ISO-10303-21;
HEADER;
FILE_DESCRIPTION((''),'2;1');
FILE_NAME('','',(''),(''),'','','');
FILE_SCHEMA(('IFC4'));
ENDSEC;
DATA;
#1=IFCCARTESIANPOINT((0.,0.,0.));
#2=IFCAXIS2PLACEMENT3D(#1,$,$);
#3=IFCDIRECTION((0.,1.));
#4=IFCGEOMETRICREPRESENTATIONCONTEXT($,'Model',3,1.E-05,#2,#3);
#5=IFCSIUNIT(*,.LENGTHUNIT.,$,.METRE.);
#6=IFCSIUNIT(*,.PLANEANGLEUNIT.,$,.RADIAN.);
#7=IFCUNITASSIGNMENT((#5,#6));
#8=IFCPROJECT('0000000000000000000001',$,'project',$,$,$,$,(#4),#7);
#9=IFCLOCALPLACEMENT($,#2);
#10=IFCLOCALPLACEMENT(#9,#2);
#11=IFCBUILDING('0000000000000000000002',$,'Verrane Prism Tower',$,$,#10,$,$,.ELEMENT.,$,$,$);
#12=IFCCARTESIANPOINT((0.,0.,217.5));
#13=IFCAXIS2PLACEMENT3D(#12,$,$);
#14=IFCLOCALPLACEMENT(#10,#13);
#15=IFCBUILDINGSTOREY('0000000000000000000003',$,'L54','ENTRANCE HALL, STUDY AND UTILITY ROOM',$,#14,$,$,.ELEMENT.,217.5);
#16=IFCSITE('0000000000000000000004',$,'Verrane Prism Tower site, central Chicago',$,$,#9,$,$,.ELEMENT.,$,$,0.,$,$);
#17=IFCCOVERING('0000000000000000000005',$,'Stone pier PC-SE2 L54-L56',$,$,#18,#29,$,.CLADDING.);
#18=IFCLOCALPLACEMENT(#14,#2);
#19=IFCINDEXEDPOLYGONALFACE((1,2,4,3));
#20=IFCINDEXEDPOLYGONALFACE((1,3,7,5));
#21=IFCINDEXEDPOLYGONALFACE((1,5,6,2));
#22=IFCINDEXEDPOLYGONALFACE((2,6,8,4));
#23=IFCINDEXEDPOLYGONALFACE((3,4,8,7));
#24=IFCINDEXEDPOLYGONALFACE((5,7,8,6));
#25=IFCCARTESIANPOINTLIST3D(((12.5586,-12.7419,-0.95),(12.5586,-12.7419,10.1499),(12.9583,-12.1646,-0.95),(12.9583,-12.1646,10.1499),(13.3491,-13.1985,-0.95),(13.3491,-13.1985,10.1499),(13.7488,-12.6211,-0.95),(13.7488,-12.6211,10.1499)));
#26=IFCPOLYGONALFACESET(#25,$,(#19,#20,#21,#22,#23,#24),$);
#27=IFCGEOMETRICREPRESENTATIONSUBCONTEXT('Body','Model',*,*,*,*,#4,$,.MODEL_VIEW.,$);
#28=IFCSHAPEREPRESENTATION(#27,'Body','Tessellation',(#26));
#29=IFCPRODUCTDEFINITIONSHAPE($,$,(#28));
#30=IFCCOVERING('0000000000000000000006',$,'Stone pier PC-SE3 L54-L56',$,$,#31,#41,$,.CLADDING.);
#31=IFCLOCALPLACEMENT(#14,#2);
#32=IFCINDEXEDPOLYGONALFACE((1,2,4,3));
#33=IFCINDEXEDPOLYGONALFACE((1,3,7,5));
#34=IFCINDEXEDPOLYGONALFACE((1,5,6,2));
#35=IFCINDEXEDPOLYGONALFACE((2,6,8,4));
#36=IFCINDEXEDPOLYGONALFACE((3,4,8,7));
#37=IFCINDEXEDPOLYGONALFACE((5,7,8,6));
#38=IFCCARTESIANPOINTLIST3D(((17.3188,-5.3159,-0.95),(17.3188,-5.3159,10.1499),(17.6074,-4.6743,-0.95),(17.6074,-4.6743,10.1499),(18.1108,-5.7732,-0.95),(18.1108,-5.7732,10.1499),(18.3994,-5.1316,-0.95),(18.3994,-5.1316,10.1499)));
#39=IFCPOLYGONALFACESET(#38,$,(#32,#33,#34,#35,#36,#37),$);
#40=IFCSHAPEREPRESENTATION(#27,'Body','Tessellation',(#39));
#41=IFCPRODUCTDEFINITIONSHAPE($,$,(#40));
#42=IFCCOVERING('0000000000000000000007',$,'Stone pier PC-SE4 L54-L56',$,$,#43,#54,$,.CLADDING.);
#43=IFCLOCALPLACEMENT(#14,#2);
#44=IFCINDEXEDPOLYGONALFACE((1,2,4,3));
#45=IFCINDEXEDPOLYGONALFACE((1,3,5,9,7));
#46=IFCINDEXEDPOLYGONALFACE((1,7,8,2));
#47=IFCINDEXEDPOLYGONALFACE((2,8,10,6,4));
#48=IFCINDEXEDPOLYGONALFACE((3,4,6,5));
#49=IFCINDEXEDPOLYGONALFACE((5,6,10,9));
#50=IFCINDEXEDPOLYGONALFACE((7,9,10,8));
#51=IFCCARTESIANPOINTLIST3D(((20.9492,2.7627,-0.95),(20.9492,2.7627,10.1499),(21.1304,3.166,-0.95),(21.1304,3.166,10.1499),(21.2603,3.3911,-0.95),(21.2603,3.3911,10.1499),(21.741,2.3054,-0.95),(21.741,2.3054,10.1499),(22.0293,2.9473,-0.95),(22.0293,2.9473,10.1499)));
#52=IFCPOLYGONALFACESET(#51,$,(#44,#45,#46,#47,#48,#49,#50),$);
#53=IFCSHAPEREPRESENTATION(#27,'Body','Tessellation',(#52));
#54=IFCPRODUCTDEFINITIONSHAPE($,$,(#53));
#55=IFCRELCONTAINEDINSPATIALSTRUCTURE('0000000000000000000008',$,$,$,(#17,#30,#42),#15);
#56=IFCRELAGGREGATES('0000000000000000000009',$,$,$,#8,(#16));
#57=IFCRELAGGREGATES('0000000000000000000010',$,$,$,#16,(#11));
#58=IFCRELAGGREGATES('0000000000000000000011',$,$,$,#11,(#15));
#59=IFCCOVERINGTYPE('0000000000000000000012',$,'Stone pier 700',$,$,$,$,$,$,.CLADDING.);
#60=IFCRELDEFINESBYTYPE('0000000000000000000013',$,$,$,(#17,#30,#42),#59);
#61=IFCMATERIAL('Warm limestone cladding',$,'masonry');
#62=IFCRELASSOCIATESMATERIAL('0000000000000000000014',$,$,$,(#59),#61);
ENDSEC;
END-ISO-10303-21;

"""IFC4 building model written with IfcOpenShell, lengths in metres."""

from ifc_helpers import new_model, si_unit, direction, frame, origin, place, context, subcontext, project, spatial, polyline, outline, extrude, material, type_object, element, save


model = new_model("IFC4")

# Units and contexts
model_context = context("Model", 3, precision=1e-05, world=origin(), true_north=direction((0.0, 1.0)))
body_context = subcontext(model_context, "Body", "Model", "MODEL_VIEW")
ifc_project = project(units=[si_unit("LENGTHUNIT", "METRE"), si_unit("PLANEANGLEUNIT", "RADIAN")], contexts=[model_context])

# Site, building, storey
site_placement = place(None, origin())
site = spatial("IfcSite", under=ifc_project, at=site_placement, Name="Verrane Prism Tower site, central Chicago", CompositionType="ELEMENT", RefElevation=0.0)
building_placement = place(site_placement, origin())
building = spatial("IfcBuilding", under=site, at=building_placement, Name="Verrane Prism Tower", CompositionType="ELEMENT")
storey_placement = place(building_placement, frame((0.0, 0.0, 217.5)))
storey = spatial("IfcBuildingStorey", under=building, at=storey_placement, Name="L54", Description="ENTRANCE HALL, STUDY AND UTILITY ROOM", CompositionType="ELEMENT", Elevation=217.5)

# Coverings
ifc_material_1 = material(Name="Warm limestone cladding", Category="masonry")
covering_type_1 = type_object("IfcCoveringType", Name="Stone pier 700", PredefinedType="CLADDING", material=ifc_material_1)
covering_1_placement = place(storey_placement, frame((0.0, 0.0, -0.95)))
element("IfcCovering", 1, at=covering_1_placement, inside=storey, type_object=covering_type_1, Name="Stone pier PC-SE2 L54-L56", PredefinedType="CLADDING", context=body_context, shape_type="SweptSolid", body=[
    extrude(outline(polyline([(13.7488, -12.6211), (12.9583, -12.1646), (12.5586, -12.7419), (13.3491, -13.1985), (13.7488, -12.6211)])), origin(), (0.0, 0.0, 1.0), 11.0999),
])
covering_2_placement = place(storey_placement, frame((0.0, 0.0, -0.95)))
element("IfcCovering", 2, at=covering_2_placement, inside=storey, type_object=covering_type_1, Name="Stone pier PC-SE3 L54-L56", PredefinedType="CLADDING", context=body_context, shape_type="SweptSolid", body=[
    extrude(outline(polyline([(18.3994, -5.1316), (17.6074, -4.6743), (17.3188, -5.3159), (18.1108, -5.7732), (18.3994, -5.1316)])), origin(), (0.0, 0.0, 1.0), 11.0999),
])
covering_3_placement = place(storey_placement, frame((0.0, 0.0, -0.95)))
element("IfcCovering", 3, at=covering_3_placement, inside=storey, type_object=covering_type_1, Name="Stone pier PC-SE4 L54-L56", PredefinedType="CLADDING", context=body_context, shape_type="SweptSolid", body=[
    extrude(outline(polyline([(21.2603, 3.3911), (21.1304, 3.166), (20.9492, 2.7627), (21.741, 2.3054), (22.0293, 2.9473), (21.2603, 3.3911)])), origin(), (0.0, 0.0, 1.0), 11.0999),
])

save(model, "model.ifc")
